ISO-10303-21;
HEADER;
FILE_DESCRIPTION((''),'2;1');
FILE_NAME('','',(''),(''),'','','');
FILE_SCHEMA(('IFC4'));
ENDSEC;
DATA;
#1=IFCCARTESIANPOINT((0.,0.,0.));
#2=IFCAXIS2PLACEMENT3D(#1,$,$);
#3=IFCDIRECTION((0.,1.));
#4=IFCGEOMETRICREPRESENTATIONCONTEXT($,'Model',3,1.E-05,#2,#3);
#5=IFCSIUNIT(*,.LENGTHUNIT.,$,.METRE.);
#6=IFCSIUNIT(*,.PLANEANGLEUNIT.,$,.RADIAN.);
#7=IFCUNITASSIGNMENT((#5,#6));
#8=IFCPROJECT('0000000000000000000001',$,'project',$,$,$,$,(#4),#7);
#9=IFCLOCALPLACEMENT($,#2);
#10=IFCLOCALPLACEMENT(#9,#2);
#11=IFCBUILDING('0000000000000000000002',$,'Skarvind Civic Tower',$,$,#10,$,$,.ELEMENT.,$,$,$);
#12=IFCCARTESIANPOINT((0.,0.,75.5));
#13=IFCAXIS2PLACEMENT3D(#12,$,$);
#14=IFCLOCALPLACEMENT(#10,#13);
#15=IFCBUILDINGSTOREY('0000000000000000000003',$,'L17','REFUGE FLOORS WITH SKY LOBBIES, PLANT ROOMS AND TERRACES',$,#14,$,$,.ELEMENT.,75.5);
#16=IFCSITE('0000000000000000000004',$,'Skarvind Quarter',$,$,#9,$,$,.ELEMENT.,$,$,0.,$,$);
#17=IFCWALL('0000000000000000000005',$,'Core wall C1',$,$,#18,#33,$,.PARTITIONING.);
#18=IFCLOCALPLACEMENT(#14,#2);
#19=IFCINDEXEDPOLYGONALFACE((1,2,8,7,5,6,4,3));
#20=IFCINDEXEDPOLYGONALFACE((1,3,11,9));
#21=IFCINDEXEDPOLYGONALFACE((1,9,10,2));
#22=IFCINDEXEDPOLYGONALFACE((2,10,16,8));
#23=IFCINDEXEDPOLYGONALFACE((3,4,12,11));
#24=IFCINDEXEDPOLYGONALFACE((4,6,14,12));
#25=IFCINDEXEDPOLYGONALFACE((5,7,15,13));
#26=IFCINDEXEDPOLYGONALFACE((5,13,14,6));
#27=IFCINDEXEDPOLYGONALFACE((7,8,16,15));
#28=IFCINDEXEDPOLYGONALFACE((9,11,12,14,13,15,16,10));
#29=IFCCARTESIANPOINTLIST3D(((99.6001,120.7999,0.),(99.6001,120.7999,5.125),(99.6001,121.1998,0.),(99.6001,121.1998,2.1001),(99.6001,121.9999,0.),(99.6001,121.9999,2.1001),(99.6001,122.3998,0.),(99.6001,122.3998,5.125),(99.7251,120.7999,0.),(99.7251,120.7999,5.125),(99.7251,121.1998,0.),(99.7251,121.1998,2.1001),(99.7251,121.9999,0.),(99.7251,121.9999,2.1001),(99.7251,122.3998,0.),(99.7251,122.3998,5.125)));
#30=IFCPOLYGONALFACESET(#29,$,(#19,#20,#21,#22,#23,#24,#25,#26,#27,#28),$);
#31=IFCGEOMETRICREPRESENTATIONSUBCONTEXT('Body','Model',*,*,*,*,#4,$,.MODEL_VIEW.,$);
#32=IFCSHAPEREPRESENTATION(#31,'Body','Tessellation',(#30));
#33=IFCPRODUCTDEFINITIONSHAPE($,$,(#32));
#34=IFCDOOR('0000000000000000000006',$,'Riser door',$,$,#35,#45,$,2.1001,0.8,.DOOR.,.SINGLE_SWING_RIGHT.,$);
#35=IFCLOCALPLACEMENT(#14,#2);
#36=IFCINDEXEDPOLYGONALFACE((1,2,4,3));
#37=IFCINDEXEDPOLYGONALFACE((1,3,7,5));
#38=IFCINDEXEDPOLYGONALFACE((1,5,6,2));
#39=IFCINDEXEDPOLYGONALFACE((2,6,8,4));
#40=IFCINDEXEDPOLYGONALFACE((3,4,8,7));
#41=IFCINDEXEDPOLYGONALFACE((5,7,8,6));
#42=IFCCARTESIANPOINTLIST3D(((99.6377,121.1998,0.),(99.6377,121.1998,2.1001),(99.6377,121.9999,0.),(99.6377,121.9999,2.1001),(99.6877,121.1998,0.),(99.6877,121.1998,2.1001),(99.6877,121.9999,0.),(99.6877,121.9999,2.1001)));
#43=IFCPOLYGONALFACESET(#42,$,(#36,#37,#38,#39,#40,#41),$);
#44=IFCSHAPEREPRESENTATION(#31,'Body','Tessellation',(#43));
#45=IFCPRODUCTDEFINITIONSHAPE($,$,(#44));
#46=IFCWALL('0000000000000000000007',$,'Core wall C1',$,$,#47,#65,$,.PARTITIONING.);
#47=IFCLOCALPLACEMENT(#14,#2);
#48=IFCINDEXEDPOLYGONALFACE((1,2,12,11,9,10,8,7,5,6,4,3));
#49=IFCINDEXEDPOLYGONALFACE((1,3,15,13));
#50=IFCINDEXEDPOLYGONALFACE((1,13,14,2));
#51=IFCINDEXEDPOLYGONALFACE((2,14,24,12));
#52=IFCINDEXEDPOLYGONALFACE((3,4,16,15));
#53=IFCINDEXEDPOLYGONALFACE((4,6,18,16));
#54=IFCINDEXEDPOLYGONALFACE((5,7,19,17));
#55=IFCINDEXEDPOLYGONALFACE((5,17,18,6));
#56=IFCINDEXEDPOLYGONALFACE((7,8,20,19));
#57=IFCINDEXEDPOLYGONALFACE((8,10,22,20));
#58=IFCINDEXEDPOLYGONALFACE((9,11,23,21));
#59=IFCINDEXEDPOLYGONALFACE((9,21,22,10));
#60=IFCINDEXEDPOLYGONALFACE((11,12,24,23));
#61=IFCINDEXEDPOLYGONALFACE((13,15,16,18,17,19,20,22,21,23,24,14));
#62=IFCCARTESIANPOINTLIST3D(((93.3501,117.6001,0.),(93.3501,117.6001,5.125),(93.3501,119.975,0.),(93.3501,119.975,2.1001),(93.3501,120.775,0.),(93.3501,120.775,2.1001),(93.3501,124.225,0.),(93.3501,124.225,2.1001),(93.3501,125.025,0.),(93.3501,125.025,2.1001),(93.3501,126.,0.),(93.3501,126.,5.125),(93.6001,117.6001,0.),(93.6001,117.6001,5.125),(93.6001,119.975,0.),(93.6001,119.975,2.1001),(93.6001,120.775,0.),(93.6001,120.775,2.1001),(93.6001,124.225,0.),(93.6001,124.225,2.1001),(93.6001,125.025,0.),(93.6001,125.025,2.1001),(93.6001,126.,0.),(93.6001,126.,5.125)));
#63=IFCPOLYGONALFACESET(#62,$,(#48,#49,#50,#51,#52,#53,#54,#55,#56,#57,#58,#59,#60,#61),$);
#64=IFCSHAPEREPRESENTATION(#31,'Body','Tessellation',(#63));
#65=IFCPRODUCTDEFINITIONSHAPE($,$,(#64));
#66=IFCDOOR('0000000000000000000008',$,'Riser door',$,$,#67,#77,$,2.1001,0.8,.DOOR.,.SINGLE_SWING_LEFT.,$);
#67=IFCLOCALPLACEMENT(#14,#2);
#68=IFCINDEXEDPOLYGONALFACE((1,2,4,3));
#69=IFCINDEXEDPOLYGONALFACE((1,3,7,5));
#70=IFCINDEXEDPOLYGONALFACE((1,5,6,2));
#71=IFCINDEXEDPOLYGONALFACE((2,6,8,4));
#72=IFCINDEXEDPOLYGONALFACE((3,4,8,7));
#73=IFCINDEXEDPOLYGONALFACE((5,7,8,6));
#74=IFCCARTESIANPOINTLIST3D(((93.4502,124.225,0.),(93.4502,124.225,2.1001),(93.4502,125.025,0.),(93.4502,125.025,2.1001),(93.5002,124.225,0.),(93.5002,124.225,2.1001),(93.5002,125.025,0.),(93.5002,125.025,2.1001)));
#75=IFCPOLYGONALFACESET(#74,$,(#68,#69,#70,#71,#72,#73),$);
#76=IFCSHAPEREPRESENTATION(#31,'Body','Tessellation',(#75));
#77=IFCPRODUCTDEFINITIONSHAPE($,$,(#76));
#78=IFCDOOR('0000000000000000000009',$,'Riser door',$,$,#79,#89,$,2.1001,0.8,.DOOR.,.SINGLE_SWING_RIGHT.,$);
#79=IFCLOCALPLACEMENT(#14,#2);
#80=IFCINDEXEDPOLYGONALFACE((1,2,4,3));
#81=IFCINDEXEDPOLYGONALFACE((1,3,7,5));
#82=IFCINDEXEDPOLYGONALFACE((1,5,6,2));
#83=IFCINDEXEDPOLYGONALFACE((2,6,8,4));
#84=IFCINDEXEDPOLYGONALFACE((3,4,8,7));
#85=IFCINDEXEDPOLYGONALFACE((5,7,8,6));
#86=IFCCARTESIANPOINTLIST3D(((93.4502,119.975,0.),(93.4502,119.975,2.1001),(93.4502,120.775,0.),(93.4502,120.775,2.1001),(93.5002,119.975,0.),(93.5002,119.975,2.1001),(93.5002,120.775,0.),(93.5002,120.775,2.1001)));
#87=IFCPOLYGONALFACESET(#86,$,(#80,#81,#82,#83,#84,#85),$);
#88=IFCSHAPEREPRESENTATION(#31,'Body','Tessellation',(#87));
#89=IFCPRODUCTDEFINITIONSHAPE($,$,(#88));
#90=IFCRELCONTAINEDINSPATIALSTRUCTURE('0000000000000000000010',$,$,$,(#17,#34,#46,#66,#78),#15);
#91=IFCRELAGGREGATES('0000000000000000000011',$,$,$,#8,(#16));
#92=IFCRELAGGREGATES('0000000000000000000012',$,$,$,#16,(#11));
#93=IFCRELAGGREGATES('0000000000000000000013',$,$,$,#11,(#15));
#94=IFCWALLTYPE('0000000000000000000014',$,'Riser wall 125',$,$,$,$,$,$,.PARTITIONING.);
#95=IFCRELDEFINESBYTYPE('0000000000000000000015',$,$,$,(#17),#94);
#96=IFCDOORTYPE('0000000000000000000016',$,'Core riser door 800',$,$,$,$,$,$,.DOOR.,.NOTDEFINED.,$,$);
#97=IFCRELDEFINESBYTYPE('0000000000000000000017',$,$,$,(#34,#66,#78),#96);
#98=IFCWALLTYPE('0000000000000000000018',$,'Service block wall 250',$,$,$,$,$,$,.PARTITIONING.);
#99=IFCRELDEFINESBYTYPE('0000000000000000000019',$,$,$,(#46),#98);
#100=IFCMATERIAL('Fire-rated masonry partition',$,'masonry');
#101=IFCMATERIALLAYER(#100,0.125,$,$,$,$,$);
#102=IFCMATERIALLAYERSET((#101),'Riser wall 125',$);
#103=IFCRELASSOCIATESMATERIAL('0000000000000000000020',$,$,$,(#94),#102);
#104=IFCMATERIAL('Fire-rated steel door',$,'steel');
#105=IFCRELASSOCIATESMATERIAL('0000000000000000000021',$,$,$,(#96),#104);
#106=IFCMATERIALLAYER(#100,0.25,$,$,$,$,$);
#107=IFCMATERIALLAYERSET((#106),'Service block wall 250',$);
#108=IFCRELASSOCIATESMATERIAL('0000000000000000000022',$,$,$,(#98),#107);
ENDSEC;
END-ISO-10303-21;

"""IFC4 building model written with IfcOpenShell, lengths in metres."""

from ifc_helpers import new_model, si_unit, direction, frame, frame_2d, origin, place, context, subcontext, project, spatial, rectangle, extrude, material, layer, layer_set, type_object, element, fill, save


model = new_model("IFC4")

# Units and contexts
model_context = context("Model", 3, precision=1e-05, world=origin(), true_north=direction((0.0, 1.0)))
body_context = subcontext(model_context, "Body", "Model", "MODEL_VIEW")
ifc_project = project(units=[si_unit("LENGTHUNIT", "METRE"), si_unit("PLANEANGLEUNIT", "RADIAN")], contexts=[model_context])

# Site, building, storey
site_placement = place(None, origin())
site = spatial("IfcSite", under=ifc_project, at=site_placement, Name="Skarvind Quarter", CompositionType="ELEMENT", RefElevation=0.0)
building_placement = place(site_placement, origin())
building = spatial("IfcBuilding", under=site, at=building_placement, Name="Skarvind Civic Tower", CompositionType="ELEMENT")
storey_placement = place(building_placement, frame((0.0, 0.0, 75.5)))
storey = spatial("IfcBuildingStorey", under=building, at=storey_placement, Name="L17", Description="REFUGE FLOORS WITH SKY LOBBIES, PLANT ROOMS AND TERRACES", CompositionType="ELEMENT", Elevation=75.5)

# Shared definitions
ifc_material_1 = material(Name="Fire-rated masonry partition", Category="masonry")
ifc_material_2 = material(Name="Fire-rated steel door", Category="steel")

# Wall, opening, door
ifc_layer_1 = layer(ifc_material_1, 0.125)
ifc_layer_set_1 = layer_set([ifc_layer_1], Name="Riser wall 125")
wall_type_1 = type_object("IfcWallType", Name="Riser wall 125", PredefinedType="PARTITIONING", material=ifc_layer_set_1)
wall_1_placement = place(storey_placement, frame((99.6626, 120.8, 0.0), z_axis=(0.0, 0.0, 1.0), x_axis=(0.0, 1.0, 0.0)))
wall_1 = element("IfcWall", 1, at=wall_1_placement, inside=storey, type_object=wall_type_1, Name="Core wall C1", PredefinedType="PARTITIONING", context=body_context, shape_type="SweptSolid", body=[
    extrude(rectangle(XDim=1.5999, YDim=0.125, at=frame_2d((0.7998, 0.0))), origin(), (0.0, 0.0, 1.0), 5.125),
])
opening_1_placement = place(wall_1_placement, frame((0.3999, 0.0, 0.0)))
opening_1 = element("IfcOpeningElement", 2, at=opening_1_placement, cuts=wall_1, PredefinedType="OPENING", context=body_context, shape_type="SweptSolid", body=[
    extrude(rectangle(XDim=0.8, YDim=2.1001, at=frame_2d((0.3999, 1.05))), frame((0.0, 0.0725, 0.0), z_axis=(0.0, -1.0, 0.0), x_axis=(1.0, 0.0, 0.0)), (0.0, 0.0, 1.0), 0.145),
])
door_type_1 = type_object("IfcDoorType", Name="Core riser door 800", OperationType="NOTDEFINED", PredefinedType="DOOR", material=ifc_material_2)
door_1_placement = place(opening_1_placement, origin())
door_1 = element("IfcDoor", 3, at=door_1_placement, inside=storey, type_object=door_type_1, Name="Riser door", OperationType="SINGLE_SWING_RIGHT", OverallHeight=2.1001, OverallWidth=0.8, PredefinedType="DOOR", context=body_context, shape_type="SweptSolid", body=[
    extrude(rectangle(XDim=0.8, YDim=2.1001, at=frame_2d((0.3999, 1.05))), frame((0.0, 0.0249, 0.0), z_axis=(0.0, -1.0, 0.0), x_axis=(1.0, 0.0, 0.0)), (0.0, 0.0, 1.0), 0.05),
])
fill(opening_1, door_1)

# Wall, openings, doors
ifc_layer_2 = layer(ifc_material_1, 0.25)
ifc_layer_set_2 = layer_set([ifc_layer_2], Name="Service block wall 250")
wall_type_2 = type_object("IfcWallType", Name="Service block wall 250", PredefinedType="PARTITIONING", material=ifc_layer_set_2)
wall_2_placement = place(storey_placement, frame((93.4751, 117.6001, 0.0), z_axis=(0.0, 0.0, 1.0), x_axis=(0.0, 1.0, 0.0)))
wall_2 = element("IfcWall", 4, at=wall_2_placement, inside=storey, type_object=wall_type_2, Name="Core wall C1", PredefinedType="PARTITIONING", context=body_context, shape_type="SweptSolid", body=[
    extrude(rectangle(XDim=8.3999, YDim=0.25, at=frame_2d((4.2, 0.0))), origin(), (0.0, 0.0, 1.0), 5.125),
])
opening_2_placement = place(wall_2_placement, frame((6.625, 0.0, 0.0)))
opening_2 = element("IfcOpeningElement", 5, at=opening_2_placement, cuts=wall_2, PredefinedType="OPENING", context=body_context, shape_type="SweptSolid", body=[
    extrude(rectangle(XDim=0.8, YDim=2.1001, at=frame_2d((0.3999, 1.05))), frame((0.0, 0.135, 0.0), z_axis=(0.0, -1.0, 0.0), x_axis=(1.0, 0.0, 0.0)), (0.0, 0.0, 1.0), 0.27),
])
opening_3_placement = place(wall_2_placement, frame((2.375, 0.0, 0.0)))
opening_3 = element("IfcOpeningElement", 6, at=opening_3_placement, cuts=wall_2, PredefinedType="OPENING", context=body_context, shape_type="SweptSolid", body=[
    extrude(rectangle(XDim=0.8, YDim=2.1001, at=frame_2d((0.3999, 1.05))), frame((0.0, 0.135, 0.0), z_axis=(0.0, -1.0, 0.0), x_axis=(1.0, 0.0, 0.0)), (0.0, 0.0, 1.0), 0.27),
])
door_2_placement = place(opening_2_placement, origin())
door_2 = element("IfcDoor", 7, at=door_2_placement, inside=storey, type_object=door_type_1, Name="Riser door", OperationType="SINGLE_SWING_LEFT", OverallHeight=2.1001, OverallWidth=0.8, PredefinedType="DOOR", context=body_context, shape_type="SweptSolid", body=[
    extrude(rectangle(XDim=0.8, YDim=2.1001, at=frame_2d((0.3999, 1.05))), frame((0.0, 0.0249, 0.0), z_axis=(0.0, -1.0, 0.0), x_axis=(1.0, 0.0, 0.0)), (0.0, 0.0, 1.0), 0.05),
])
fill(opening_2, door_2)
door_3_placement = place(opening_3_placement, origin())
door_3 = element("IfcDoor", 8, at=door_3_placement, inside=storey, type_object=door_type_1, Name="Riser door", OperationType="SINGLE_SWING_RIGHT", OverallHeight=2.1001, OverallWidth=0.8, PredefinedType="DOOR", context=body_context, shape_type="SweptSolid", body=[
    extrude(rectangle(XDim=0.8, YDim=2.1001, at=frame_2d((0.3999, 1.05))), frame((0.0, 0.0249, 0.0), z_axis=(0.0, -1.0, 0.0), x_axis=(1.0, 0.0, 0.0)), (0.0, 0.0, 1.0), 0.05),
])
fill(opening_3, door_3)

save(model, "model.ifc")
